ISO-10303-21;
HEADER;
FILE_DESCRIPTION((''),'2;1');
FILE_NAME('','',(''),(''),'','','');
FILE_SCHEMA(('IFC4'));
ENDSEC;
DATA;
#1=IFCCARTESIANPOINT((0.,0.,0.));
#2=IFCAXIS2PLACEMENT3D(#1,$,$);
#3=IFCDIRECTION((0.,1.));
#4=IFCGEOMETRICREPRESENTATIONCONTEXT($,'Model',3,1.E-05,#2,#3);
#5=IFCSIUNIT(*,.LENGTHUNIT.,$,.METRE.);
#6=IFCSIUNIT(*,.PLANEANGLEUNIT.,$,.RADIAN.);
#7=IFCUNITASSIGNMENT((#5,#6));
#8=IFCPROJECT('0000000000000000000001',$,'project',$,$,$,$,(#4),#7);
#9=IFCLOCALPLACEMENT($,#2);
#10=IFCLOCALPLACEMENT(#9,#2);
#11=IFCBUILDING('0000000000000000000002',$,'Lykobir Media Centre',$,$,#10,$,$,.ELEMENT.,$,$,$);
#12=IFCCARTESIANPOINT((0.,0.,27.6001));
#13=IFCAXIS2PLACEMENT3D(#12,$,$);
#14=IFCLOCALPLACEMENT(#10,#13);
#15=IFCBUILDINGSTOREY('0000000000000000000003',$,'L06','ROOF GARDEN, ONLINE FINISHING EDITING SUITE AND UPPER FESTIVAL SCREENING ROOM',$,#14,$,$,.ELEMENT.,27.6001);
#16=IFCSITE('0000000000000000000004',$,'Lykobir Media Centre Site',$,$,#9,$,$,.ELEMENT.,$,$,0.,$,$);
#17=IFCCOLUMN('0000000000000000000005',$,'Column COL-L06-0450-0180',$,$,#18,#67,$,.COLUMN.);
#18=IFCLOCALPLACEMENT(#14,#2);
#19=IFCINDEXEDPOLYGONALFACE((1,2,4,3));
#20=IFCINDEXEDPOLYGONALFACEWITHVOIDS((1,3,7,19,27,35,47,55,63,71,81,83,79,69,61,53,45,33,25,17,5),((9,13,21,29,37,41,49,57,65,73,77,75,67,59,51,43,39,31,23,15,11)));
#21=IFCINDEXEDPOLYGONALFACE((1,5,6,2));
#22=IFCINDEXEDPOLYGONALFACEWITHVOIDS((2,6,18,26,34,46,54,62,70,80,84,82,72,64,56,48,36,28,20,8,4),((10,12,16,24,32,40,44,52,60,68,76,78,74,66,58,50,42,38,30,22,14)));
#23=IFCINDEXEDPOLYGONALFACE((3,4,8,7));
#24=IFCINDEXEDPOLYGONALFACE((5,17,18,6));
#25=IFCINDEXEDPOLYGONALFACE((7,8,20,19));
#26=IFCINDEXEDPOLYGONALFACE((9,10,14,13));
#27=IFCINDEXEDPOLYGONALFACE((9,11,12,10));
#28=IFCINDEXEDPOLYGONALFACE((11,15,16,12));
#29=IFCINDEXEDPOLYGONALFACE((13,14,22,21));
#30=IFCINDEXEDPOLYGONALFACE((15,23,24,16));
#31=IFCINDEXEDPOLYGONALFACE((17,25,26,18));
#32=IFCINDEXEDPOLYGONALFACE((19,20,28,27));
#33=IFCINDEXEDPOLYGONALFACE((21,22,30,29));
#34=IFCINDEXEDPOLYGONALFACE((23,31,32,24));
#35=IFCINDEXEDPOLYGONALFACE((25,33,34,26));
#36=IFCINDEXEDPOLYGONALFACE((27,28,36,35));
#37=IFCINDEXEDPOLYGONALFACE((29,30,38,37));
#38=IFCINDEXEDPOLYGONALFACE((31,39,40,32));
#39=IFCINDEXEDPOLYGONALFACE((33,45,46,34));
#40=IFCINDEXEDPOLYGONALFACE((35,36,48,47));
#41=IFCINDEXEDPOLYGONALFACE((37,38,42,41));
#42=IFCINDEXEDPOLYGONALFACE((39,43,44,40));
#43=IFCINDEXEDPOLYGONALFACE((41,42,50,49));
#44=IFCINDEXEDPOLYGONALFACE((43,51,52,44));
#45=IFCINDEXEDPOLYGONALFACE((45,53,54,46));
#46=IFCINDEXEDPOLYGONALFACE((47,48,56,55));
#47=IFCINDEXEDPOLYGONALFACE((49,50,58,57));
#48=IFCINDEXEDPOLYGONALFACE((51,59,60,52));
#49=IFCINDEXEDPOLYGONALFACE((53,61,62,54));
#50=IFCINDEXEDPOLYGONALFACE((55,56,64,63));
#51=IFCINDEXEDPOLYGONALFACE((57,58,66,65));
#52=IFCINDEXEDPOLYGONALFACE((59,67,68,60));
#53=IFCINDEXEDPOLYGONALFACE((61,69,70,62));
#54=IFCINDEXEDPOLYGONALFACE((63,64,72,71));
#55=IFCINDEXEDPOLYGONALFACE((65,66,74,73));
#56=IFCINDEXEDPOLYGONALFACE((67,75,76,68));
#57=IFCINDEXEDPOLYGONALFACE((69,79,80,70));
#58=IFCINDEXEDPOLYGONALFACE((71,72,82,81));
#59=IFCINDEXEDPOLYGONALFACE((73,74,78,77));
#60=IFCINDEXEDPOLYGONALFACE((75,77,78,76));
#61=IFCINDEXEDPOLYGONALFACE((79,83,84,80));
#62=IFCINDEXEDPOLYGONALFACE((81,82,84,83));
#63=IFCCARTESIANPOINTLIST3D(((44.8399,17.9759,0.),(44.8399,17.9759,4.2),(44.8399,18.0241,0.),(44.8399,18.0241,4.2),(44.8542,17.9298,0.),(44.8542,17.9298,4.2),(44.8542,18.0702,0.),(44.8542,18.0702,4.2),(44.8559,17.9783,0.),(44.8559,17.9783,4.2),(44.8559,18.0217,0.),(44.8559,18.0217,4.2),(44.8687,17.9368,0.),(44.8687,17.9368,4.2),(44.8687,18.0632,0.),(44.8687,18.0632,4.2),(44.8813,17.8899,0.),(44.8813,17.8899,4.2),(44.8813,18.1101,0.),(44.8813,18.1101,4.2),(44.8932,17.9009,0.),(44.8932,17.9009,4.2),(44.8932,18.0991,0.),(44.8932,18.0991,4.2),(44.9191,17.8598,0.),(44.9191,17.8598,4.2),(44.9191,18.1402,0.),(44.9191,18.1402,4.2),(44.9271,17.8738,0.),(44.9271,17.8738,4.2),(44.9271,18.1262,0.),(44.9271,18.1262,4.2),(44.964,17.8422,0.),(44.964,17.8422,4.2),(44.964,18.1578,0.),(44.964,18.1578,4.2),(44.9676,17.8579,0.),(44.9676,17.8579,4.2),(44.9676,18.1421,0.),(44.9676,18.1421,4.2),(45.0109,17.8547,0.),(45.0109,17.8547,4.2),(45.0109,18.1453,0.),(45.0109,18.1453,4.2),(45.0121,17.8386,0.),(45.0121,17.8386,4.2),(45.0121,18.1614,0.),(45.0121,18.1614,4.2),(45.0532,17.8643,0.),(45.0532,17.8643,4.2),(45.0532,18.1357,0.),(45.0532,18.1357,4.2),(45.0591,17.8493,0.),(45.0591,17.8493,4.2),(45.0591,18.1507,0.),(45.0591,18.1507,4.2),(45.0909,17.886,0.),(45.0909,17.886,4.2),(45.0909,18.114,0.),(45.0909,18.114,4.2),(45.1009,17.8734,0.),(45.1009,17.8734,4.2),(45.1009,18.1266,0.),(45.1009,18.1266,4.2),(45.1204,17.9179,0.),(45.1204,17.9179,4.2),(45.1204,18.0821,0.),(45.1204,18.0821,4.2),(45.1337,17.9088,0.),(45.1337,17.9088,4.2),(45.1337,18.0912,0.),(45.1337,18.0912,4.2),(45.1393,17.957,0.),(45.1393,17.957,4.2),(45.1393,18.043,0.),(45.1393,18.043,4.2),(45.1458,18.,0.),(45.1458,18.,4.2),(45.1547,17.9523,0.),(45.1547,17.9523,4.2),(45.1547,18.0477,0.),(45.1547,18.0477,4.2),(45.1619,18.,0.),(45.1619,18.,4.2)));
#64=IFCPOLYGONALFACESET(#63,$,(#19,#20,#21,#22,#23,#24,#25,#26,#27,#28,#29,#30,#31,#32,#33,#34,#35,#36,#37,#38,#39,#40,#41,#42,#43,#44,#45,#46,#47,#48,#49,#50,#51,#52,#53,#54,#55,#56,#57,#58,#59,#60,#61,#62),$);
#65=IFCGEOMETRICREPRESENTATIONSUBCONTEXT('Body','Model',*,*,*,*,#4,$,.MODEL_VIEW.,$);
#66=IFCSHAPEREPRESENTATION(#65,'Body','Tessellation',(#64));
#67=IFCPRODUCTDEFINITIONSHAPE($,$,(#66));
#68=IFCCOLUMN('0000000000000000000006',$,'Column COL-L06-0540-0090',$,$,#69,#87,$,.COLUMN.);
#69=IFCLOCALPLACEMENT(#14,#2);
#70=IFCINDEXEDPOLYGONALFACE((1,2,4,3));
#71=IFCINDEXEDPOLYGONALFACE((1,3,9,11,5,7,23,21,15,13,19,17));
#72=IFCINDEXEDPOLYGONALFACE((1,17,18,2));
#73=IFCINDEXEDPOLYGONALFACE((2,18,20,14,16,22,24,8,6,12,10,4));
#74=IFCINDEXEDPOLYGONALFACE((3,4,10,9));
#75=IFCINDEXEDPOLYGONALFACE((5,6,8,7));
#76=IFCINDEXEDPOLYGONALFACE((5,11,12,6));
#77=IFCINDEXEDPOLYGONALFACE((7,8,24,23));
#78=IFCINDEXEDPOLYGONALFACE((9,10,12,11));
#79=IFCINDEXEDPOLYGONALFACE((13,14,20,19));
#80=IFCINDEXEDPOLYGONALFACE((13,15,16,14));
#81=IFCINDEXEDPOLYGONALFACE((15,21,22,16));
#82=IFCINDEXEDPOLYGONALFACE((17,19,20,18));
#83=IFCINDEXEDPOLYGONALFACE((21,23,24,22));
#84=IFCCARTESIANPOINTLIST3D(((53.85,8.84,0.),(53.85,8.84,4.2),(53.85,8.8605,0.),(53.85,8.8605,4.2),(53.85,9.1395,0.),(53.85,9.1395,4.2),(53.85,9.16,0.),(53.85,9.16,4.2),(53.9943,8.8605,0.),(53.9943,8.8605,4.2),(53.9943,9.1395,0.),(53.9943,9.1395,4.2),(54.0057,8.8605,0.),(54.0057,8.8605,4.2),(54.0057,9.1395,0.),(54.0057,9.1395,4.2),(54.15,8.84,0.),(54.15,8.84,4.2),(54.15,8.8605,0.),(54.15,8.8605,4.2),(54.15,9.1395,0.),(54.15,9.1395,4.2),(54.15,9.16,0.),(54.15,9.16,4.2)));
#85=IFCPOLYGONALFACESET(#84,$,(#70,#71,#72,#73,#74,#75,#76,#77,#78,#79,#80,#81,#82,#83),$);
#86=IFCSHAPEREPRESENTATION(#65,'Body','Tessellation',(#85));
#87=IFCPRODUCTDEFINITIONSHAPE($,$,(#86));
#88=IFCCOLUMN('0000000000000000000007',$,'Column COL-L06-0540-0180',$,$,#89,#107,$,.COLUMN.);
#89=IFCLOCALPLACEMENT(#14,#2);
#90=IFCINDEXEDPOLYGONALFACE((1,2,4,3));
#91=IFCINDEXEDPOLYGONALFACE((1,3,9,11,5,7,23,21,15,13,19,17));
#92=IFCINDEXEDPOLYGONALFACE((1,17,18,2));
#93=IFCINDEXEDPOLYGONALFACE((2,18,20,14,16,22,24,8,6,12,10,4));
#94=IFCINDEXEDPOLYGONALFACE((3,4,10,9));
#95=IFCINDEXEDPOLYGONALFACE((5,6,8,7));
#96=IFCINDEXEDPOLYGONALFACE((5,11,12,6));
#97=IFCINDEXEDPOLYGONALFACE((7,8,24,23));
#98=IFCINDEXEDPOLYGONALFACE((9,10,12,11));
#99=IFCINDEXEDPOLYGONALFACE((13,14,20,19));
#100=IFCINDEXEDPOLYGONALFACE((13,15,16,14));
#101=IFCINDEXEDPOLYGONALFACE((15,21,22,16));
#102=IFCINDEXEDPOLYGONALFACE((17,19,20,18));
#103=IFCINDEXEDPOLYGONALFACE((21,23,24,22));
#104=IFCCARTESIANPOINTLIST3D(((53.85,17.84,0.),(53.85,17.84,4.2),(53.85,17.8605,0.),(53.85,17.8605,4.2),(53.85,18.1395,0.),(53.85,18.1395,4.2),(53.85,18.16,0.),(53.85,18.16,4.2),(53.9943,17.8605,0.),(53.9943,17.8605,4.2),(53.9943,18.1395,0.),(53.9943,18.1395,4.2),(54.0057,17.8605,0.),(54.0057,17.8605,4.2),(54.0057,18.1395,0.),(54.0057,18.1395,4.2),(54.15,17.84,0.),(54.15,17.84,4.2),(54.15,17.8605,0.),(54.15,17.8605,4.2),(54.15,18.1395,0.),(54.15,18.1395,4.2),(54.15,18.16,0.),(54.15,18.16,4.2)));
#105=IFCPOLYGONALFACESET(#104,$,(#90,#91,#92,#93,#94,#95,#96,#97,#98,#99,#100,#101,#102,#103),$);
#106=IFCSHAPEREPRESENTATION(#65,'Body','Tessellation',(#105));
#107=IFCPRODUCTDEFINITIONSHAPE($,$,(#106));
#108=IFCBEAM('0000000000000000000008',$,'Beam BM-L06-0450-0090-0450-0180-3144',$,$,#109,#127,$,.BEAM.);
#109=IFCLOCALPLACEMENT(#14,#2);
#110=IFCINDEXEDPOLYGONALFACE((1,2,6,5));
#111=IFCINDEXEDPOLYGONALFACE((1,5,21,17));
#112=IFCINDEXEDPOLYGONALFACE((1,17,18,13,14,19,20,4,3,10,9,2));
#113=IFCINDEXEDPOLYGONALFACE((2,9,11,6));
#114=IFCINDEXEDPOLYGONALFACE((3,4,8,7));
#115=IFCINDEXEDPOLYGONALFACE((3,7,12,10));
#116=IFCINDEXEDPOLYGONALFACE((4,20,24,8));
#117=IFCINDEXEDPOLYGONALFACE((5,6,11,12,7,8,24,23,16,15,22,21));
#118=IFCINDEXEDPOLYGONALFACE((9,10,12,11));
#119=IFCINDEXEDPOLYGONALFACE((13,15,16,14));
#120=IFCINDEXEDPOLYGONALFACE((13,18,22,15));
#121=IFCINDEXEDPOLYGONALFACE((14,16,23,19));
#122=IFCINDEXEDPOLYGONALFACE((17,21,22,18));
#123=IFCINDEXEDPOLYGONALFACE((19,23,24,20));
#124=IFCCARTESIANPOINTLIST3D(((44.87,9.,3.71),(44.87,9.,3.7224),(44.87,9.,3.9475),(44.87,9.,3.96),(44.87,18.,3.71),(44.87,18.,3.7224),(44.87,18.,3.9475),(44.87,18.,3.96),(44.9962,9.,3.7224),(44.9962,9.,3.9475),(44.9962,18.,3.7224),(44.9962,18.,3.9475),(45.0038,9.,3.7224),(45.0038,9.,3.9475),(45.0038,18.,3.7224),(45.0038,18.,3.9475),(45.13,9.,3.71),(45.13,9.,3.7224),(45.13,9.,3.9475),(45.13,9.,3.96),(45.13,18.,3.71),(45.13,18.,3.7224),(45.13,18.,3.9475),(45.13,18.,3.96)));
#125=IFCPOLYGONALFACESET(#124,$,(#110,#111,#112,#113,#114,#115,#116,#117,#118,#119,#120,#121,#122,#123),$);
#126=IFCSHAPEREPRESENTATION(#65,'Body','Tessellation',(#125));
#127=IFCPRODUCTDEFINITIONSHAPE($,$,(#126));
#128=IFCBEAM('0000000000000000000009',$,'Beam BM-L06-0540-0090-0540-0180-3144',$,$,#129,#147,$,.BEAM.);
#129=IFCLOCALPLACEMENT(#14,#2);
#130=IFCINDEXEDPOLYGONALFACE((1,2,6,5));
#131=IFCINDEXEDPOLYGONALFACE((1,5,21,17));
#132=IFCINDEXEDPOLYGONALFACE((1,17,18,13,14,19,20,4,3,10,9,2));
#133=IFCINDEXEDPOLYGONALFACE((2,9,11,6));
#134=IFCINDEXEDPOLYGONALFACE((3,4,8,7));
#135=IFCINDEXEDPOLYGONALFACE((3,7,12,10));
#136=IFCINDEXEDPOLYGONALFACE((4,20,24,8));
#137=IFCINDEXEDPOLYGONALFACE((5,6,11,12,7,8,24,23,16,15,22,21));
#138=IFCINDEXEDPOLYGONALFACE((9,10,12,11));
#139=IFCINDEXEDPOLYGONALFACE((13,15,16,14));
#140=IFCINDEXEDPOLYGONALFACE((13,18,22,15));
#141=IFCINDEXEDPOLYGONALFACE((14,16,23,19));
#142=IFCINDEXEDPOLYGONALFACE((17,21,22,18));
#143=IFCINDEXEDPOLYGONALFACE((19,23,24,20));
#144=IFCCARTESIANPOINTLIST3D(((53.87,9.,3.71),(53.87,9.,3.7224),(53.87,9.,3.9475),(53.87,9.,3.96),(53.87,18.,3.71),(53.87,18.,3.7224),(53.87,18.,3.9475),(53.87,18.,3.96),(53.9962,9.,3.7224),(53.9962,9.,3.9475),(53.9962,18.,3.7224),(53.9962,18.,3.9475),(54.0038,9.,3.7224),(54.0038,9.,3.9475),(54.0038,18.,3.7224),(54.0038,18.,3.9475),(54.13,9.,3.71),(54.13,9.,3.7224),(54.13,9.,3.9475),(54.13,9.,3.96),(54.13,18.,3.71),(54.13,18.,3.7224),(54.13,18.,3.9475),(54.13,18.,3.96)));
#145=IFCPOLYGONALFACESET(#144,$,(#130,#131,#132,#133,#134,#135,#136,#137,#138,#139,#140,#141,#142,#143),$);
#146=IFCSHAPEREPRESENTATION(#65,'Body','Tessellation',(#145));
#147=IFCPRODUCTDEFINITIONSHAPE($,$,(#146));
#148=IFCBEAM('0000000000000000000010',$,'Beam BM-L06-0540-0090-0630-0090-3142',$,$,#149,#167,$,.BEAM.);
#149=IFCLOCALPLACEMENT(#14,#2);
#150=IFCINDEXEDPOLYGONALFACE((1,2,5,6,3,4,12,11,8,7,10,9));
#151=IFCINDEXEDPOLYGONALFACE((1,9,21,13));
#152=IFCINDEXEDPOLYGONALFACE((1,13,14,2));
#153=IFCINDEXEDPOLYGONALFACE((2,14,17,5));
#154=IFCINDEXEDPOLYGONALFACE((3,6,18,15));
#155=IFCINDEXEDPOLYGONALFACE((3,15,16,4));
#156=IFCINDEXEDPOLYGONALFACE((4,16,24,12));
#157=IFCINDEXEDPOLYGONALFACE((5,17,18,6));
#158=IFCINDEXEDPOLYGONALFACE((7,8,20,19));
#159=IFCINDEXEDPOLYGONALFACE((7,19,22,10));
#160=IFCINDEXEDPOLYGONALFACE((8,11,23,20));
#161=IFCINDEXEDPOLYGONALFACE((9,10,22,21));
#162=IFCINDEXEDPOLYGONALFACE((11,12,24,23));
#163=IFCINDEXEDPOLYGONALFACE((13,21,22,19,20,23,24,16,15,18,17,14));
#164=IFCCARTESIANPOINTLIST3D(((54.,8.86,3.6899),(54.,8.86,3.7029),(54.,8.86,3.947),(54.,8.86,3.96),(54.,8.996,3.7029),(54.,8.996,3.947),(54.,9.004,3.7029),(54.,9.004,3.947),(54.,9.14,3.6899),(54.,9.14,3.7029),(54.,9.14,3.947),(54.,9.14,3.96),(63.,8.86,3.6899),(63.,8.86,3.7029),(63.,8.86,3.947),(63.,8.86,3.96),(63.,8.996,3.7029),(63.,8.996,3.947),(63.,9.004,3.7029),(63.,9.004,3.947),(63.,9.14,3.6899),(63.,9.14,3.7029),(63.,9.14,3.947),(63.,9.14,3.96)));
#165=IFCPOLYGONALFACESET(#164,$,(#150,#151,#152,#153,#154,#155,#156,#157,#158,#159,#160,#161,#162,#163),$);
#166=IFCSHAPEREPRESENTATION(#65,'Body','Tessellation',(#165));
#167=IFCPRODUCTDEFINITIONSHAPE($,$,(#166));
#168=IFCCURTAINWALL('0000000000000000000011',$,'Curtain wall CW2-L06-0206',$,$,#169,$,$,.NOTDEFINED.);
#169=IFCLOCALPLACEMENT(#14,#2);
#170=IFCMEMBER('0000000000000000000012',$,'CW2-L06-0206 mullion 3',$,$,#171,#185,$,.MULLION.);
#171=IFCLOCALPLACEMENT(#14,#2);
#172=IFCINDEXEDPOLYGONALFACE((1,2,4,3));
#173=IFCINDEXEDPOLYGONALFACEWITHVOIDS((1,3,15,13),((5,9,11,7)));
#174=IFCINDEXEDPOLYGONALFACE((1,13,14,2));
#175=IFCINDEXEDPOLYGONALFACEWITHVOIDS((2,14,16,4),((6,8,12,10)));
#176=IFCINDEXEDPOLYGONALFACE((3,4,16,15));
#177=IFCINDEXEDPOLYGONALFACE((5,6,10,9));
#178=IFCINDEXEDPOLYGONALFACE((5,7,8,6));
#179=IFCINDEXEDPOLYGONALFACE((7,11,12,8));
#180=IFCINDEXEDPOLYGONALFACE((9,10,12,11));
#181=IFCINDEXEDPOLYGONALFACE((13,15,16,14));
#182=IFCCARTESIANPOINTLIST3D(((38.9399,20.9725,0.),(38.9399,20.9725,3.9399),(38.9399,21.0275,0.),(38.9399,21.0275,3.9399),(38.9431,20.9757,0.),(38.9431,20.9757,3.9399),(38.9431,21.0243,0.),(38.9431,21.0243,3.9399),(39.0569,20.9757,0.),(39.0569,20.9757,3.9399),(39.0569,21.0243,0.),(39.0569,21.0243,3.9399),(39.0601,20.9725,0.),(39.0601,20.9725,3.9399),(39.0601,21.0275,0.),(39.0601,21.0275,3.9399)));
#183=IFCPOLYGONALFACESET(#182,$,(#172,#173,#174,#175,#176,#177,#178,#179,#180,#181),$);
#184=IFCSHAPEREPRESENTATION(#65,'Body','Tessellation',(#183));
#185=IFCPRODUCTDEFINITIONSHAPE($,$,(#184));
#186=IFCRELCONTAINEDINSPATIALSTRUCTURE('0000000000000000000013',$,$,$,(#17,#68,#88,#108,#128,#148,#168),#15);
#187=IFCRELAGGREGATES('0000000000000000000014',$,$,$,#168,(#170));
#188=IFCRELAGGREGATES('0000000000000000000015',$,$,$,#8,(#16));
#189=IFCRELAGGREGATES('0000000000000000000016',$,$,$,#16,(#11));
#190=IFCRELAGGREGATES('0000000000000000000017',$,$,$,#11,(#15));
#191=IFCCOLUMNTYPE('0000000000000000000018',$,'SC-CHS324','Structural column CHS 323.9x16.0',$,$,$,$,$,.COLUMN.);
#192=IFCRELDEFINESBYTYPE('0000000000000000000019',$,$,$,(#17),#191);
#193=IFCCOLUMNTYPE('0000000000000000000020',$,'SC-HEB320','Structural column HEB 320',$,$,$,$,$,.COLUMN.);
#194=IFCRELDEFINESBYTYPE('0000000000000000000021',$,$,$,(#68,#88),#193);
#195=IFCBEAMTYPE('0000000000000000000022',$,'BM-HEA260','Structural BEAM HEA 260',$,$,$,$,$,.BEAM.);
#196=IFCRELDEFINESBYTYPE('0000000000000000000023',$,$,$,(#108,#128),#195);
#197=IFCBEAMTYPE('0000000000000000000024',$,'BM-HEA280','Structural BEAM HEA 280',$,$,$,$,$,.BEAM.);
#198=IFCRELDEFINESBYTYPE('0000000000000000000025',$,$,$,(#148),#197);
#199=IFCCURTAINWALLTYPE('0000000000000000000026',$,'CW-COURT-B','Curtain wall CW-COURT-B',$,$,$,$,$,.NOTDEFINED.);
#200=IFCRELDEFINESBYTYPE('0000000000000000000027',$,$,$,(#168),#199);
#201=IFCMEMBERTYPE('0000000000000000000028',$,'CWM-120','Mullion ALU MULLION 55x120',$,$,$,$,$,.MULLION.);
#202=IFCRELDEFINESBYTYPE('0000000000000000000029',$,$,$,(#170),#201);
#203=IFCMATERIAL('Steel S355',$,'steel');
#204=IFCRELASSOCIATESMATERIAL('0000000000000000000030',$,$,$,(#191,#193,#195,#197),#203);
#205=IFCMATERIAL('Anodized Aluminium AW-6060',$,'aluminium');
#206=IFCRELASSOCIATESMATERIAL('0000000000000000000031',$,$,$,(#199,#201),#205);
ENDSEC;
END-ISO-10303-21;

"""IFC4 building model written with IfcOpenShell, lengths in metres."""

from ifc_helpers import new_model, si_unit, direction, frame, origin, origin_2d, place, context, subcontext, project, spatial, hollow_rectangle, hollow_circle, i_section, extrude, material, material_profile, profile_set, type_object, element, aggregate, save


model = new_model("IFC4")

# Units and contexts
model_context = context("Model", 3, precision=1e-05, world=origin(), true_north=direction((0.0, 1.0)))
body_context = subcontext(model_context, "Body", "Model", "MODEL_VIEW")
ifc_project = project(units=[si_unit("LENGTHUNIT", "METRE"), si_unit("PLANEANGLEUNIT", "RADIAN")], contexts=[model_context])

# Site, building, storey
site_placement = place(None, origin())
site = spatial("IfcSite", under=ifc_project, at=site_placement, Name="Lykobir Media Centre Site", CompositionType="ELEMENT", RefElevation=0.0)
building_placement = place(site_placement, origin())
building = spatial("IfcBuilding", under=site, at=building_placement, Name="Lykobir Media Centre", CompositionType="ELEMENT")
storey_placement = place(building_placement, frame((0.0, 0.0, 27.6001)))
storey = spatial("IfcBuildingStorey", under=building, at=storey_placement, Name="L06", Description="ROOF GARDEN, ONLINE FINISHING EDITING SUITE AND UPPER FESTIVAL SCREENING ROOM", CompositionType="ELEMENT", Elevation=27.6001)

# Columns
ifc_material_1 = material(Name="Steel S355", Category="steel")
ifc_material_profile_1 = material_profile(ifc_material_1, hollow_circle(Radius=0.1619, WallThickness=0.0161, at=origin_2d()), Name="CHS 323.9x16.0")
ifc_profile_set_1 = profile_set([ifc_material_profile_1], Name="Steel S355")
column_type_1 = type_object("IfcColumnType", Name="SC-CHS324", Description="Structural column CHS 323.9x16.0", PredefinedType="COLUMN", material=ifc_profile_set_1)
column_placement = place(storey_placement, frame((45.0, 18.0, 0.0), z_axis=(0.0, 0.0, 1.0), x_axis=(1.0, 0.0, 0.0)))
element("IfcColumn", 1, at=column_placement, inside=storey, type_object=column_type_1, Name="Column COL-L06-0450-0180", PredefinedType="COLUMN", context=body_context, shape_type="SweptSolid", body=[
    extrude(hollow_circle(Radius=0.1619, WallThickness=0.0161, at=origin_2d()), origin(), (0.0, 0.0, 1.0), 4.2),
])
ifc_material_profile_2 = material_profile(ifc_material_1, i_section(OverallWidth=0.3, OverallDepth=0.3201, WebThickness=0.0115, FlangeThickness=0.0205, at=origin_2d()), Name="HEB 320")
ifc_profile_set_2 = profile_set([ifc_material_profile_2], Name="Steel S355")
column_type_2 = type_object("IfcColumnType", Name="SC-HEB320", Description="Structural column HEB 320", PredefinedType="COLUMN", material=ifc_profile_set_2)
for number, where, z_axis, x_axis, name in (
    (2, (54.0, 9.0, 0.0), (0.0, 0.0, 1.0), (1.0, 0.0, 0.0), "Column COL-L06-0540-0090"),
    (3, (54.0, 18.0, 0.0), (0.0, 0.0, 1.0), (1.0, 0.0, 0.0), "Column COL-L06-0540-0180"),
):
    element("IfcColumn", number, at=place(storey_placement, frame(where, z_axis=z_axis, x_axis=x_axis)), inside=storey, type_object=column_type_2, Name=name, PredefinedType="COLUMN", context=body_context, shape_type="SweptSolid", body=[
        extrude(i_section(OverallWidth=0.3, OverallDepth=0.3201, WebThickness=0.0115, FlangeThickness=0.0205, at=origin_2d()), origin(), (0.0, 0.0, 1.0), 4.2),
    ])

# Beams
ifc_material_profile_3 = material_profile(ifc_material_1, i_section(OverallWidth=0.26, OverallDepth=0.25, WebThickness=0.0076, FlangeThickness=0.0125, at=origin_2d()), Name="HEA 260")
ifc_profile_set_3 = profile_set([ifc_material_profile_3], Name="Steel S355")
beam_type_1 = type_object("IfcBeamType", Name="BM-HEA260", Description="Structural BEAM HEA 260", PredefinedType="BEAM", material=ifc_profile_set_3)
for number, where, z_axis, x_axis, name in (
    (4, (45.0, 9.0, 3.835), (0.0, 1.0, 0.0), (-1.0, 0.0, 0.0), "Beam BM-L06-0450-0090-0450-0180-3144"),
    (5, (54.0, 9.0, 3.835), (0.0, 1.0, 0.0), (-1.0, 0.0, 0.0), "Beam BM-L06-0540-0090-0540-0180-3144"),
):
    element("IfcBeam", number, at=place(storey_placement, frame(where, z_axis=z_axis, x_axis=x_axis)), inside=storey, type_object=beam_type_1, Name=name, PredefinedType="BEAM", context=body_context, shape_type="SweptSolid", body=[
        extrude(i_section(OverallWidth=0.26, OverallDepth=0.25, WebThickness=0.0076, FlangeThickness=0.0125, at=origin_2d()), origin(), (0.0, 0.0, 1.0), 9.0),
    ])
ifc_material_profile_4 = material_profile(ifc_material_1, i_section(OverallWidth=0.28, OverallDepth=0.27, WebThickness=0.0081, FlangeThickness=0.0129, at=origin_2d()), Name="HEA 280")
ifc_profile_set_4 = profile_set([ifc_material_profile_4], Name="Steel S355")
beam_type_2 = type_object("IfcBeamType", Name="BM-HEA280", Description="Structural BEAM HEA 280", PredefinedType="BEAM", material=ifc_profile_set_4)
beam_placement = place(storey_placement, frame((54.0, 9.0, 3.825), z_axis=(1.0, 0.0, 0.0), x_axis=(0.0, 1.0, 0.0)))
element("IfcBeam", 6, at=beam_placement, inside=storey, type_object=beam_type_2, Name="Beam BM-L06-0540-0090-0630-0090-3142", PredefinedType="BEAM", context=body_context, shape_type="SweptSolid", body=[
    extrude(i_section(OverallWidth=0.28, OverallDepth=0.27, WebThickness=0.0081, FlangeThickness=0.0129, at=origin_2d()), origin(), (0.0, 0.0, 1.0), 9.0),
])

# Curtain wall, member
ifc_material_2 = material(Name="Anodized Aluminium AW-6060", Category="aluminium")
curtain_wall_type = type_object("IfcCurtainWallType", Name="CW-COURT-B", Description="Curtain wall CW-COURT-B", PredefinedType="NOTDEFINED", material=ifc_material_2)
curtain_wall_placement = place(storey_placement, origin())
curtain_wall = element("IfcCurtainWall", 7, at=curtain_wall_placement, inside=storey, type_object=curtain_wall_type, Name="Curtain wall CW2-L06-0206", PredefinedType="NOTDEFINED")
ifc_material_profile_5 = material_profile(ifc_material_2, hollow_rectangle(XDim=0.0549, YDim=0.1201, WallThickness=0.0032, at=origin_2d()), Name="ALU MULLION 55x120")
ifc_profile_set_5 = profile_set([ifc_material_profile_5], Name="Anodized Aluminium AW-6060")
member_type_1 = type_object("IfcMemberType", Name="CWM-120", Description="Mullion ALU MULLION 55x120", PredefinedType="MULLION", material=ifc_profile_set_5)
member_1_placement = place(storey_placement, frame((39.0, 21.0, 0.0), z_axis=(0.0, 0.0, 1.0), x_axis=(0.0, 1.0, 0.0)))
member_1 = element("IfcMember", 8, at=member_1_placement, type_object=member_type_1, Name="CW2-L06-0206 mullion 3", PredefinedType="MULLION", context=body_context, shape_type="SweptSolid", body=[
    extrude(hollow_rectangle(XDim=0.0549, YDim=0.1201, WallThickness=0.0032, at=origin_2d()), origin(), (0.0, 0.0, 1.0), 3.9399),
])

aggregate(curtain_wall, [member_1])

save(model, "model.ifc")
